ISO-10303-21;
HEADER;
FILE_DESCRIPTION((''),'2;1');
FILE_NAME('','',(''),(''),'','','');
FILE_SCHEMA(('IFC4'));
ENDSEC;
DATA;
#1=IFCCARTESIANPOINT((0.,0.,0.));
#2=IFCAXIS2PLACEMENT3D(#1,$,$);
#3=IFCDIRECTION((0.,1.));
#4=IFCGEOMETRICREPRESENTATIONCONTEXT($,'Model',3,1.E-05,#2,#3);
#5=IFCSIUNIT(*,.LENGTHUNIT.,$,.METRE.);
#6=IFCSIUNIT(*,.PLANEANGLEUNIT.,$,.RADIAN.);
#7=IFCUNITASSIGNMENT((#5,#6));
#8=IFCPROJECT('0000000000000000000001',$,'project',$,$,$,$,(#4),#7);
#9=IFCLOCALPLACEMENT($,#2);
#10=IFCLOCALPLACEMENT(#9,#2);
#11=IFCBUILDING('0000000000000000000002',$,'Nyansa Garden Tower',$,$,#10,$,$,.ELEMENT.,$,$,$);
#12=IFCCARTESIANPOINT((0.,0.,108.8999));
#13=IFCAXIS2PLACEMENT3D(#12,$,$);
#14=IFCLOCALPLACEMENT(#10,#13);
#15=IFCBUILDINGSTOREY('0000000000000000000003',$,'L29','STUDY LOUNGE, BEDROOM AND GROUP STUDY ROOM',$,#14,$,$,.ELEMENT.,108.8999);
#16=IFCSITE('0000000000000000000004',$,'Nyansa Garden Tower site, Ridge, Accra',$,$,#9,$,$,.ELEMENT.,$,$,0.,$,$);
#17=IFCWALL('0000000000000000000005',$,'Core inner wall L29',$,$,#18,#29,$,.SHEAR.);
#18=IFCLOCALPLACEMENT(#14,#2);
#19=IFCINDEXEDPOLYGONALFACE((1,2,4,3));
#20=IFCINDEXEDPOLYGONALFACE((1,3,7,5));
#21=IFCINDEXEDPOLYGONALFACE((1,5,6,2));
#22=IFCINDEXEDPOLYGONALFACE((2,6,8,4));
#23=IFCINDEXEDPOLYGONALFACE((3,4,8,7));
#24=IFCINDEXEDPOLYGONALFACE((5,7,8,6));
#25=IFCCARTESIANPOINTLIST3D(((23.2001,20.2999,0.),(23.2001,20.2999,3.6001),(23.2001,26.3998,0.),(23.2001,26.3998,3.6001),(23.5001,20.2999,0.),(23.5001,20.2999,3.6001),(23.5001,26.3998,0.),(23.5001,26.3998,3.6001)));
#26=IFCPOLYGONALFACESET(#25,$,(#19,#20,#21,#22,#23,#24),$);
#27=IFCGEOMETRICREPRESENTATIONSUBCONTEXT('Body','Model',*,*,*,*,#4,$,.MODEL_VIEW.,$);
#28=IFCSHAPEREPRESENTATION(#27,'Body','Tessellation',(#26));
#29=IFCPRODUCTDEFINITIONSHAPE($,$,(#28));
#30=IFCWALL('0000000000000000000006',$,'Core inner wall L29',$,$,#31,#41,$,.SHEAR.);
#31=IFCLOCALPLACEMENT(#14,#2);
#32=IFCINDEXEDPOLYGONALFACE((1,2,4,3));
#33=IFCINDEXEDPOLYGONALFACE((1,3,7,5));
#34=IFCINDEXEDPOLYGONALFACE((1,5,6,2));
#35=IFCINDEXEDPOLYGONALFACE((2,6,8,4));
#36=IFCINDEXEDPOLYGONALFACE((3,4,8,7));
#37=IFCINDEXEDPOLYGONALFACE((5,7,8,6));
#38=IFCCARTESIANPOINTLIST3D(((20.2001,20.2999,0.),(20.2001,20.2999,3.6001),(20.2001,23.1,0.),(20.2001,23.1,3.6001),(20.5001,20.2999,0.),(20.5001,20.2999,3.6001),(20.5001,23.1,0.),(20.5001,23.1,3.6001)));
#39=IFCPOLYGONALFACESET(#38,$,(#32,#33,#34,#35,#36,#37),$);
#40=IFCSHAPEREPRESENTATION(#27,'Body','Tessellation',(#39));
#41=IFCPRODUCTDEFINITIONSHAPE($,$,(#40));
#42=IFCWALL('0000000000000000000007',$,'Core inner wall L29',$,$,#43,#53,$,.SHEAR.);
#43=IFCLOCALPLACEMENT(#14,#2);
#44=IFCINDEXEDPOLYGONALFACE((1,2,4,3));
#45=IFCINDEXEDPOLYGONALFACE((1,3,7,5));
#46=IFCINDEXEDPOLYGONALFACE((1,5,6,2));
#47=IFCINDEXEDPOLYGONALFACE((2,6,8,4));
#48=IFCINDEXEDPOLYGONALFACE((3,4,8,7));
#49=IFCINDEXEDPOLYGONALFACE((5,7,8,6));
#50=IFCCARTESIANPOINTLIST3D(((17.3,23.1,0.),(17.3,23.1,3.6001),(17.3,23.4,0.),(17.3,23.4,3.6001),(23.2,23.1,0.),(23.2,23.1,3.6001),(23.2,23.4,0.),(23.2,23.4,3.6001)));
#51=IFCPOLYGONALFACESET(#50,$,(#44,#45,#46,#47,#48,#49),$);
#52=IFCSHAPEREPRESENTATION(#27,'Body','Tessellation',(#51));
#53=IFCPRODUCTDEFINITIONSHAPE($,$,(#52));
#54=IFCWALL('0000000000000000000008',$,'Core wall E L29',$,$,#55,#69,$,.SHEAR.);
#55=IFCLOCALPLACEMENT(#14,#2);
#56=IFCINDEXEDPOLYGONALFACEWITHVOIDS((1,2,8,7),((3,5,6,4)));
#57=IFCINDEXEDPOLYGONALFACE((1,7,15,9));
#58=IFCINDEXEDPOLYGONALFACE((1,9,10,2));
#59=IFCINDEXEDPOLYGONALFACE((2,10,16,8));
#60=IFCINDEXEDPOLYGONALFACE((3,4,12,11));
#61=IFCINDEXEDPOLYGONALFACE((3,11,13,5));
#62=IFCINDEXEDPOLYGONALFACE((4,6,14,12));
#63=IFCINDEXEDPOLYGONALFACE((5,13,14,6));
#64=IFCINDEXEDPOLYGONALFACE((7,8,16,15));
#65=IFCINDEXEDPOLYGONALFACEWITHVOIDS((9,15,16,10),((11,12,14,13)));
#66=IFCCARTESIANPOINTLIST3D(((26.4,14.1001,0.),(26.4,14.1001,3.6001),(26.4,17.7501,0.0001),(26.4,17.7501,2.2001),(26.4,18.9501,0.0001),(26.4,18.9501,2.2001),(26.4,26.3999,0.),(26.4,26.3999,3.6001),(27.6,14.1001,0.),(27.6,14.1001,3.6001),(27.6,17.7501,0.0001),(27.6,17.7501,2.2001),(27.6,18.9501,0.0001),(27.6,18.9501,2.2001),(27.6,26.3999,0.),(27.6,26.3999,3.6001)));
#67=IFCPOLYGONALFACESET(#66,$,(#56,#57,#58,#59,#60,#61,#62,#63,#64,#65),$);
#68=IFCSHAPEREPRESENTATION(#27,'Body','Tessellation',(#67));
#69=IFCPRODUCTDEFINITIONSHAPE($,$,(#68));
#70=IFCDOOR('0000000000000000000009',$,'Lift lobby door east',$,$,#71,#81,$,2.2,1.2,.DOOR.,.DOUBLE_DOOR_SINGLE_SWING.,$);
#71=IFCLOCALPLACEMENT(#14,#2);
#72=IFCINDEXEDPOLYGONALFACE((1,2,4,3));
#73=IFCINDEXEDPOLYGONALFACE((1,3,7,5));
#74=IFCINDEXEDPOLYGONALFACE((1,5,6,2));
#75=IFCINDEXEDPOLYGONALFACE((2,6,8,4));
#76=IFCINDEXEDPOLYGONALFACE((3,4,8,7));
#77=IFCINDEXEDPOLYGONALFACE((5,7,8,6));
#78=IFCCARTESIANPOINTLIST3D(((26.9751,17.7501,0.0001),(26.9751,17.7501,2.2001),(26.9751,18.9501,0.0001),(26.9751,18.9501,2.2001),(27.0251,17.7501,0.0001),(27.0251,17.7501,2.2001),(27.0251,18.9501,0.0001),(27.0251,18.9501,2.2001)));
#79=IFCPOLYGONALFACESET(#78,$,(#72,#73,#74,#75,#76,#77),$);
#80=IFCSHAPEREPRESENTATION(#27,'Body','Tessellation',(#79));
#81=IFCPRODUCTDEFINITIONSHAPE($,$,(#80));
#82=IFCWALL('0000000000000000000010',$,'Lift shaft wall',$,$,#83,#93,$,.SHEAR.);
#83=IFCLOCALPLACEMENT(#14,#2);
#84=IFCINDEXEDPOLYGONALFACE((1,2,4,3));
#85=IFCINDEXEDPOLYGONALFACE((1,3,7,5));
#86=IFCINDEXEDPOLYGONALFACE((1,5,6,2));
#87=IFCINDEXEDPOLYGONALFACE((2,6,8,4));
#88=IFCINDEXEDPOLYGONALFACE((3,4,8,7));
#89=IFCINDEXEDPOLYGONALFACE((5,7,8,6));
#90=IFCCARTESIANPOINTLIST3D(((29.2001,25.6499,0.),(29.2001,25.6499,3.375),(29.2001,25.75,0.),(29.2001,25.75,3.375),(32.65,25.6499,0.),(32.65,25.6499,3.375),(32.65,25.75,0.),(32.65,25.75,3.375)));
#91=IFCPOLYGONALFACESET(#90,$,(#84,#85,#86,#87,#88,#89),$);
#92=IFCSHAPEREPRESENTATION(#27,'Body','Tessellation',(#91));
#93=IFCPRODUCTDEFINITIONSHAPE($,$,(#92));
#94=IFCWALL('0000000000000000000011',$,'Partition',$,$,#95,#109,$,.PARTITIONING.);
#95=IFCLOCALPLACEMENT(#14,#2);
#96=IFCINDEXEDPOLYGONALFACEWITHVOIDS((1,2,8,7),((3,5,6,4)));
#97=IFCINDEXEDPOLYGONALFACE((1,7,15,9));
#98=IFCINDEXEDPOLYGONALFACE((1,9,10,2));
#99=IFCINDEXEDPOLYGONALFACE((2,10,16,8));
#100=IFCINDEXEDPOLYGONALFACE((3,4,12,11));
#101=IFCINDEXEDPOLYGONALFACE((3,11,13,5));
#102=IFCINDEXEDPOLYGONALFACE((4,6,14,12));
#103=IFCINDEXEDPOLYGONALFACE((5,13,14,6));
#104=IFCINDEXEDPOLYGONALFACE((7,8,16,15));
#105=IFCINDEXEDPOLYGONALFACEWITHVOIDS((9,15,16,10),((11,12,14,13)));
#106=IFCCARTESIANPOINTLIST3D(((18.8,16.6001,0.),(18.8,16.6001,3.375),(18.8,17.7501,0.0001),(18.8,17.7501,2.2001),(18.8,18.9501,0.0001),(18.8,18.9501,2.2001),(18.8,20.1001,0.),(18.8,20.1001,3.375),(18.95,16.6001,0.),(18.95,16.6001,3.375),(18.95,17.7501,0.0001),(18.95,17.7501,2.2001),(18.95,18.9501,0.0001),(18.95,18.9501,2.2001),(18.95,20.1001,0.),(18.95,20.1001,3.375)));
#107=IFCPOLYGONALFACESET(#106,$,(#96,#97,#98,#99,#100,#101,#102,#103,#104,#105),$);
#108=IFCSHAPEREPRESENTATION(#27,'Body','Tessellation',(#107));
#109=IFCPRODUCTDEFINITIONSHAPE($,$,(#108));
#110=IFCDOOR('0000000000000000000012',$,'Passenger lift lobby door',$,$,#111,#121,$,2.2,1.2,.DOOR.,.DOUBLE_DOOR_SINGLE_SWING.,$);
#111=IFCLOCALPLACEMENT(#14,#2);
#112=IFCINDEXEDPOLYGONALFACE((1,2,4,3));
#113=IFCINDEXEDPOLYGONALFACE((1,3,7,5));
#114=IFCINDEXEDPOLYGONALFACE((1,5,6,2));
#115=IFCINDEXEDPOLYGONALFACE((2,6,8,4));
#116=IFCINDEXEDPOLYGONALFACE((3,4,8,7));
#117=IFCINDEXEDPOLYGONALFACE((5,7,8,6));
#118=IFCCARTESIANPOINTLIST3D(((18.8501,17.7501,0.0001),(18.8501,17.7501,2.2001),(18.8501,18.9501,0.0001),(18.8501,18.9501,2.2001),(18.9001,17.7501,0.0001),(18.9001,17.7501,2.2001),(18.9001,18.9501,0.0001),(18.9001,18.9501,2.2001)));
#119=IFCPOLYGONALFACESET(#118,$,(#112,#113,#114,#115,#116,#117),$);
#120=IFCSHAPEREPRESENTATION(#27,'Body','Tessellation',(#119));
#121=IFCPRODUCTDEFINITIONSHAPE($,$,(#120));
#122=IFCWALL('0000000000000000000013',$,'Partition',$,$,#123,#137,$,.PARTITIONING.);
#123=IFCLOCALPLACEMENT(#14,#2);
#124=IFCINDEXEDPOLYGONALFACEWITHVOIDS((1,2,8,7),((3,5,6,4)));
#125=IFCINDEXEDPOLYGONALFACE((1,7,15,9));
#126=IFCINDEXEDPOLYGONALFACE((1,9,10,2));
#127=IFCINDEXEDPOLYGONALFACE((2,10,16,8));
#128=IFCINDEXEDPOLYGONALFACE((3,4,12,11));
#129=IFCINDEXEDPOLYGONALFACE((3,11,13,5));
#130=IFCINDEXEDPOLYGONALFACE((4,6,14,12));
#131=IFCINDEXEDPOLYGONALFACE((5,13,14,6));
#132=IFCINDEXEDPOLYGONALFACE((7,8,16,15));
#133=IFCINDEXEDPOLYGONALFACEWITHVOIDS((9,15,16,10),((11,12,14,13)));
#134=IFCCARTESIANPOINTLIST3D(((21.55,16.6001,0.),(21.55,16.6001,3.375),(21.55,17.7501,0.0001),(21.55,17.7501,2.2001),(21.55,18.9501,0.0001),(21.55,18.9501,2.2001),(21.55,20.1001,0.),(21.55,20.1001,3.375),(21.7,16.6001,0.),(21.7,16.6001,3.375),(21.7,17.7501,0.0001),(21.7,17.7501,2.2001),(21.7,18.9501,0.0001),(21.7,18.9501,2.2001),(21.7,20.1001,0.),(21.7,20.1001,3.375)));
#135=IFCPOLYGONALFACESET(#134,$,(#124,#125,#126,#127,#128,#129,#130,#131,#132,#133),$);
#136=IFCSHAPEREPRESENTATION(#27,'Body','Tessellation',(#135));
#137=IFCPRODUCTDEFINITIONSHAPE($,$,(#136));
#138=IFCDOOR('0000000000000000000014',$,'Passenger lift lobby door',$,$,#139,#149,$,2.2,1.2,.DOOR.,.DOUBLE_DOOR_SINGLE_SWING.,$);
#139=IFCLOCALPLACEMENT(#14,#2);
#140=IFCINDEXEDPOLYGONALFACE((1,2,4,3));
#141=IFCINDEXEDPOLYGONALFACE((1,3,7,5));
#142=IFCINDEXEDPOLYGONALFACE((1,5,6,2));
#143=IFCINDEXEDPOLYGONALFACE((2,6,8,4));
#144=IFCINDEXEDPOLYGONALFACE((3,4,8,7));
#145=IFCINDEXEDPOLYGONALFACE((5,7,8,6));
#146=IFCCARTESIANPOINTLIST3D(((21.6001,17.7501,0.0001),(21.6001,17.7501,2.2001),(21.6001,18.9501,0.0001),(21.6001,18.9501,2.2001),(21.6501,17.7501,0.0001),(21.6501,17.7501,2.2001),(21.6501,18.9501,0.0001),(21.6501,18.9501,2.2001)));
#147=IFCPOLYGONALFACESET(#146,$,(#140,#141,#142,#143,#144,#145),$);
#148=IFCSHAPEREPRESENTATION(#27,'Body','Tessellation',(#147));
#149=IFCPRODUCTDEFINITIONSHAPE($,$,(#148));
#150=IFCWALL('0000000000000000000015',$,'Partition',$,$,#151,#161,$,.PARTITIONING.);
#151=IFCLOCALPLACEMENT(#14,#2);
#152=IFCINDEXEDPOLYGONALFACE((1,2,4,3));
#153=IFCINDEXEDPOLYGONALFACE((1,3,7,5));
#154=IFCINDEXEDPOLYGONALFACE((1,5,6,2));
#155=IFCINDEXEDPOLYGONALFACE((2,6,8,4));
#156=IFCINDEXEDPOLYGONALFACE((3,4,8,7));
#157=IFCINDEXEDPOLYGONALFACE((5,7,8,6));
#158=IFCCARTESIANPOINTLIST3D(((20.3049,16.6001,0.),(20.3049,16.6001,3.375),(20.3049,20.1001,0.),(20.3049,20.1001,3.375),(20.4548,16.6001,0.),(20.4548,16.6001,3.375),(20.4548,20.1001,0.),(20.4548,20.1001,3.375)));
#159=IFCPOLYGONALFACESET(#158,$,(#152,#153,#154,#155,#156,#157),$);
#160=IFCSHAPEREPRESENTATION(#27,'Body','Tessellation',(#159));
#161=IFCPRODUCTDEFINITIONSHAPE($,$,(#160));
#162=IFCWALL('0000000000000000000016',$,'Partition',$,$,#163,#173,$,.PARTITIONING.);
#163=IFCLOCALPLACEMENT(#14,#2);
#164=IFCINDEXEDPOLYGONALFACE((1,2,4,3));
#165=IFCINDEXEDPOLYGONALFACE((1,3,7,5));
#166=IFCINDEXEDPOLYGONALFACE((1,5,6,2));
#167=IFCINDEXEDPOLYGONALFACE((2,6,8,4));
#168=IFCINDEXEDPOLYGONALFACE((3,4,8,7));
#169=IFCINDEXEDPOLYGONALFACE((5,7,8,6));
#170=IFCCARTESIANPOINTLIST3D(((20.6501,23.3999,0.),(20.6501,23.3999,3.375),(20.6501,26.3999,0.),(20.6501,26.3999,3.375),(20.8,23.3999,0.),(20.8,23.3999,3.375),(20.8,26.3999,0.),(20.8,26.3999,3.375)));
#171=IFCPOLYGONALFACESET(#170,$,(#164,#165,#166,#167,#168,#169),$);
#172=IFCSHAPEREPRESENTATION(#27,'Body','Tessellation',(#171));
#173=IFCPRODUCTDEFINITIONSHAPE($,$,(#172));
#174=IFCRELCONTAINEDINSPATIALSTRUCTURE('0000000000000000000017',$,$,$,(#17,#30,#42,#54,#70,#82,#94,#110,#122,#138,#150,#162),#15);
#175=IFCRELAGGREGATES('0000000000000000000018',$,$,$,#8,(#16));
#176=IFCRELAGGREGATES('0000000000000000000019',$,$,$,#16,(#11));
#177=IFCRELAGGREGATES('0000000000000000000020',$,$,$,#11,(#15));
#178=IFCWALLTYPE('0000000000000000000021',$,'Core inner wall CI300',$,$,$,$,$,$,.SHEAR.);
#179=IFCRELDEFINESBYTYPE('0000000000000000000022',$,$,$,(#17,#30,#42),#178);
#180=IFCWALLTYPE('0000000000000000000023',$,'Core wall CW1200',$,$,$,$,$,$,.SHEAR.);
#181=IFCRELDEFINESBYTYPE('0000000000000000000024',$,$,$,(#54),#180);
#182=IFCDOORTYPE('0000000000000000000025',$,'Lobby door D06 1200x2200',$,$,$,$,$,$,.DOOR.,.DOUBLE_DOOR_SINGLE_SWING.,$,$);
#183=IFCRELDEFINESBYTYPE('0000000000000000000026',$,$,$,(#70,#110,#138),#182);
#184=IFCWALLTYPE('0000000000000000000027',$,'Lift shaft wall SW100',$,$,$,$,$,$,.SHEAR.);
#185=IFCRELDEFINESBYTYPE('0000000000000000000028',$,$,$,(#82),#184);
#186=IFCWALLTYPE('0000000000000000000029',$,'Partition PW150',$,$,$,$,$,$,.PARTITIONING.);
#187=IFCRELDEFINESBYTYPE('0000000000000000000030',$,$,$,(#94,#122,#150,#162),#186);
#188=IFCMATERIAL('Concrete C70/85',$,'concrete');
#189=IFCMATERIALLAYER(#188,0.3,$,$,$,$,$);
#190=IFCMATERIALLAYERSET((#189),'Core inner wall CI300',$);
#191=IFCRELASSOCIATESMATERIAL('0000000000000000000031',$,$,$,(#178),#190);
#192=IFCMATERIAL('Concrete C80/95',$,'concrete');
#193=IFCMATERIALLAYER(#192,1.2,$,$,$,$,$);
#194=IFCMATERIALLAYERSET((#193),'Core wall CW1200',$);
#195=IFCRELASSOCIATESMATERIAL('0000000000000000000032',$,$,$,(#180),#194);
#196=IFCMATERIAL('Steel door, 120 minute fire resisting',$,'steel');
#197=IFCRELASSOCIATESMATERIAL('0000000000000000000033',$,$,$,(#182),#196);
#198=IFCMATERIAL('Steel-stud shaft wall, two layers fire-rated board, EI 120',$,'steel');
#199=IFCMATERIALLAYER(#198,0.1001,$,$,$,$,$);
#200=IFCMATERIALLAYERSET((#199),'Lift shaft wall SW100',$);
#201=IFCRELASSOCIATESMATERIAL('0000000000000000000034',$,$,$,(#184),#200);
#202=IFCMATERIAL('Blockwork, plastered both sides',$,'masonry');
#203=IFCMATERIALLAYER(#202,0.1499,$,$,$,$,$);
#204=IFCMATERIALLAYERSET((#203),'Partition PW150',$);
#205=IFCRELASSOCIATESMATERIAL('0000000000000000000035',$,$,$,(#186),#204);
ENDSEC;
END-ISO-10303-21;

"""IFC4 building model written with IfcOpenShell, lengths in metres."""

from ifc_helpers import new_model, si_unit, direction, frame, frame_2d, origin, place, context, subcontext, project, spatial, rectangle, extrude, material, layer, layer_set, type_object, element, fill, save


model = new_model("IFC4")

# Units and contexts
model_context = context("Model", 3, precision=1e-05, world=origin(), true_north=direction((0.0, 1.0)))
body_context = subcontext(model_context, "Body", "Model", "MODEL_VIEW")
ifc_project = project(units=[si_unit("LENGTHUNIT", "METRE"), si_unit("PLANEANGLEUNIT", "RADIAN")], contexts=[model_context])

# Site, building, storey
site_placement = place(None, origin())
site = spatial("IfcSite", under=ifc_project, at=site_placement, Name="Nyansa Garden Tower site, Ridge, Accra", CompositionType="ELEMENT", RefElevation=0.0)
building_placement = place(site_placement, origin())
building = spatial("IfcBuilding", under=site, at=building_placement, Name="Nyansa Garden Tower", CompositionType="ELEMENT")
storey_placement = place(building_placement, frame((0.0, 0.0, 108.8999)))
storey = spatial("IfcBuildingStorey", under=building, at=storey_placement, Name="L29", Description="STUDY LOUNGE, BEDROOM AND GROUP STUDY ROOM", CompositionType="ELEMENT", Elevation=108.8999)

# Walls
ifc_material_1 = material(Name="Concrete C70/85", Category="concrete")
ifc_layer_1 = layer(ifc_material_1, 0.3)
ifc_layer_set_1 = layer_set([ifc_layer_1], Name="Core inner wall CI300")
wall_type_1 = type_object("IfcWallType", Name="Core inner wall CI300", PredefinedType="SHEAR", material=ifc_layer_set_1)
wall_1_placement = place(storey_placement, frame((23.3501, 20.3, 0.0), z_axis=(0.0, 0.0, 1.0), x_axis=(0.0, 1.0, 0.0)))
element("IfcWall", 1, at=wall_1_placement, inside=storey, type_object=wall_type_1, Name="Core inner wall L29", PredefinedType="SHEAR", context=body_context, shape_type="SweptSolid", body=[
    extrude(rectangle(XDim=6.0999, YDim=0.3, at=frame_2d((3.0498, 0.0))), origin(), (0.0, 0.0, 1.0), 3.6001),
])
wall_2_placement = place(storey_placement, frame((20.3501, 20.3, 0.0), z_axis=(0.0, 0.0, 1.0), x_axis=(0.0, 1.0, 0.0)))
element("IfcWall", 2, at=wall_2_placement, inside=storey, type_object=wall_type_1, Name="Core inner wall L29", PredefinedType="SHEAR", context=body_context, shape_type="SweptSolid", body=[
    extrude(rectangle(XDim=2.8, YDim=0.3, at=frame_2d((1.3999, 0.0))), origin(), (0.0, 0.0, 1.0), 3.6001),
])
wall_3_placement = place(storey_placement, frame((17.3, 23.25, 0.0), z_axis=(0.0, 0.0, 1.0), x_axis=(1.0, 0.0, 0.0)))
element("IfcWall", 3, at=wall_3_placement, inside=storey, type_object=wall_type_1, Name="Core inner wall L29", PredefinedType="SHEAR", context=body_context, shape_type="SweptSolid", body=[
    extrude(rectangle(XDim=5.8999, YDim=0.3, at=frame_2d((2.95, 0.0))), origin(), (0.0, 0.0, 1.0), 3.6001),
])

# Wall, opening, door
ifc_material_2 = material(Name="Concrete C80/95", Category="concrete")
ifc_layer_2 = layer(ifc_material_2, 1.2)
ifc_layer_set_2 = layer_set([ifc_layer_2], Name="Core wall CW1200")
wall_type_2 = type_object("IfcWallType", Name="Core wall CW1200", PredefinedType="SHEAR", material=ifc_layer_set_2)
wall_4_placement = place(storey_placement, frame((27.0, 14.1001, 0.0), z_axis=(0.0, 0.0, 1.0), x_axis=(0.0, 1.0, 0.0)))
wall_4 = element("IfcWall", 4, at=wall_4_placement, inside=storey, type_object=wall_type_2, Name="Core wall E L29", PredefinedType="SHEAR", context=body_context, shape_type="SweptSolid", body=[
    extrude(rectangle(XDim=12.2998, YDim=1.2, at=frame_2d((6.1499, 0.0))), origin(), (0.0, 0.0, 1.0), 3.6001),
])
opening_1_placement = place(wall_4_placement, frame((3.6499, 0.0, 0.0)))
opening_1 = element("IfcOpeningElement", 5, at=opening_1_placement, cuts=wall_4, PredefinedType="OPENING", context=body_context, shape_type="SweptSolid", body=[
    extrude(rectangle(XDim=1.2, YDim=2.2, at=frame_2d((0.6001, 1.1001))), frame((0.0, 0.6099, 0.0), z_axis=(0.0, -1.0, 0.0), x_axis=(1.0, 0.0, 0.0)), (0.0, 0.0, 1.0), 1.22),
])
ifc_material_3 = material(Name="Steel door, 120 minute fire resisting", Category="steel")
door_type = type_object("IfcDoorType", Name="Lobby door D06 1200x2200", OperationType="DOUBLE_DOOR_SINGLE_SWING", PredefinedType="DOOR", material=ifc_material_3)
door_1_placement = place(opening_1_placement, origin())
door_1 = element("IfcDoor", 6, at=door_1_placement, inside=storey, type_object=door_type, Name="Lift lobby door east", OperationType="DOUBLE_DOOR_SINGLE_SWING", OverallHeight=2.2, OverallWidth=1.2, PredefinedType="DOOR", context=body_context, shape_type="SweptSolid", body=[
    extrude(rectangle(XDim=1.2, YDim=2.2, at=frame_2d((0.6001, 1.1001))), frame((0.0, 0.0249, 0.0), z_axis=(0.0, -1.0, 0.0), x_axis=(1.0, 0.0, 0.0)), (0.0, 0.0, 1.0), 0.05),
])
fill(opening_1, door_1)

# Wall
ifc_material_4 = material(Name="Steel-stud shaft wall, two layers fire-rated board, EI 120", Category="steel")
ifc_layer_3 = layer(ifc_material_4, 0.1001)
ifc_layer_set_3 = layer_set([ifc_layer_3], Name="Lift shaft wall SW100")
wall_type_3 = type_object("IfcWallType", Name="Lift shaft wall SW100", PredefinedType="SHEAR", material=ifc_layer_set_3)
wall_5_placement = place(storey_placement, frame((29.2, 25.7, 0.0), z_axis=(0.0, 0.0, 1.0), x_axis=(1.0, 0.0, 0.0)))
element("IfcWall", 7, at=wall_5_placement, inside=storey, type_object=wall_type_3, Name="Lift shaft wall", PredefinedType="SHEAR", context=body_context, shape_type="SweptSolid", body=[
    extrude(rectangle(XDim=3.45, YDim=0.1001, at=frame_2d((1.7251, 0.0))), origin(), (0.0, 0.0, 1.0), 3.375),
])

# Walls, openings, doors
ifc_material_5 = material(Name="Blockwork, plastered both sides", Category="masonry")
ifc_layer_4 = layer(ifc_material_5, 0.1499)
ifc_layer_set_4 = layer_set([ifc_layer_4], Name="Partition PW150")
wall_type_4 = type_object("IfcWallType", Name="Partition PW150", PredefinedType="PARTITIONING", material=ifc_layer_set_4)
wall_6_placement = place(storey_placement, frame((18.875, 16.6001, 0.0), z_axis=(0.0, 0.0, 1.0), x_axis=(0.0, 1.0, 0.0)))
wall_6 = element("IfcWall", 8, at=wall_6_placement, inside=storey, type_object=wall_type_4, Name="Partition", PredefinedType="PARTITIONING", context=body_context, shape_type="SweptSolid", body=[
    extrude(rectangle(XDim=3.5, YDim=0.1499, at=frame_2d((1.75, 0.0))), origin(), (0.0, 0.0, 1.0), 3.375),
])
opening_2_placement = place(wall_6_placement, frame((1.1499, 0.0, 0.0)))
opening_2 = element("IfcOpeningElement", 9, at=opening_2_placement, cuts=wall_6, PredefinedType="OPENING", context=body_context, shape_type="SweptSolid", body=[
    extrude(rectangle(XDim=1.2, YDim=2.2, at=frame_2d((0.6001, 1.1001))), frame((0.0, 0.085, 0.0), z_axis=(0.0, -1.0, 0.0), x_axis=(1.0, 0.0, 0.0)), (0.0, 0.0, 1.0), 0.1699),
])
door_2_placement = place(opening_2_placement, origin())
door_2 = element("IfcDoor", 10, at=door_2_placement, inside=storey, type_object=door_type, Name="Passenger lift lobby door", OperationType="DOUBLE_DOOR_SINGLE_SWING", OverallHeight=2.2, OverallWidth=1.2, PredefinedType="DOOR", context=body_context, shape_type="SweptSolid", body=[
    extrude(rectangle(XDim=1.2, YDim=2.2, at=frame_2d((0.6001, 1.1001))), frame((0.0, 0.0249, 0.0), z_axis=(0.0, -1.0, 0.0), x_axis=(1.0, 0.0, 0.0)), (0.0, 0.0, 1.0), 0.05),
])
fill(opening_2, door_2)
wall_7_placement = place(storey_placement, frame((21.625, 16.6001, 0.0), z_axis=(0.0, 0.0, 1.0), x_axis=(0.0, 1.0, 0.0)))
wall_7 = element("IfcWall", 11, at=wall_7_placement, inside=storey, type_object=wall_type_4, Name="Partition", PredefinedType="PARTITIONING", context=body_context, shape_type="SweptSolid", body=[
    extrude(rectangle(XDim=3.5, YDim=0.1499, at=frame_2d((1.75, 0.0))), origin(), (0.0, 0.0, 1.0), 3.375),
])
opening_3_placement = place(wall_7_placement, frame((1.1499, 0.0, 0.0)))
opening_3 = element("IfcOpeningElement", 12, at=opening_3_placement, cuts=wall_7, PredefinedType="OPENING", context=body_context, shape_type="SweptSolid", body=[
    extrude(rectangle(XDim=1.2, YDim=2.2, at=frame_2d((0.6001, 1.1001))), frame((0.0, 0.085, 0.0), z_axis=(0.0, -1.0, 0.0), x_axis=(1.0, 0.0, 0.0)), (0.0, 0.0, 1.0), 0.1699),
])
door_3_placement = place(opening_3_placement, origin())
door_3 = element("IfcDoor", 13, at=door_3_placement, inside=storey, type_object=door_type, Name="Passenger lift lobby door", OperationType="DOUBLE_DOOR_SINGLE_SWING", OverallHeight=2.2, OverallWidth=1.2, PredefinedType="DOOR", context=body_context, shape_type="SweptSolid", body=[
    extrude(rectangle(XDim=1.2, YDim=2.2, at=frame_2d((0.6001, 1.1001))), frame((0.0, 0.0249, 0.0), z_axis=(0.0, -1.0, 0.0), x_axis=(1.0, 0.0, 0.0)), (0.0, 0.0, 1.0), 0.05),
])
fill(opening_3, door_3)

# Walls
wall_8_placement = place(storey_placement, frame((20.3799, 16.6001, 0.0), z_axis=(0.0, 0.0, 1.0), x_axis=(0.0, 1.0, 0.0)))
element("IfcWall", 14, at=wall_8_placement, inside=storey, type_object=wall_type_4, Name="Partition", PredefinedType="PARTITIONING", context=body_context, shape_type="SweptSolid", body=[
    extrude(rectangle(XDim=3.5, YDim=0.1499, at=frame_2d((1.75, 0.0))), origin(), (0.0, 0.0, 1.0), 3.375),
])
wall_9_placement = place(storey_placement, frame((20.7251, 23.3999, 0.0), z_axis=(0.0, 0.0, 1.0), x_axis=(0.0, 1.0, 0.0)))
element("IfcWall", 15, at=wall_9_placement, inside=storey, type_object=wall_type_4, Name="Partition", PredefinedType="PARTITIONING", context=body_context, shape_type="SweptSolid", body=[
    extrude(rectangle(XDim=3.0, YDim=0.1499, at=frame_2d((1.5, 0.0))), origin(), (0.0, 0.0, 1.0), 3.375),
])

save(model, "model.ifc")
